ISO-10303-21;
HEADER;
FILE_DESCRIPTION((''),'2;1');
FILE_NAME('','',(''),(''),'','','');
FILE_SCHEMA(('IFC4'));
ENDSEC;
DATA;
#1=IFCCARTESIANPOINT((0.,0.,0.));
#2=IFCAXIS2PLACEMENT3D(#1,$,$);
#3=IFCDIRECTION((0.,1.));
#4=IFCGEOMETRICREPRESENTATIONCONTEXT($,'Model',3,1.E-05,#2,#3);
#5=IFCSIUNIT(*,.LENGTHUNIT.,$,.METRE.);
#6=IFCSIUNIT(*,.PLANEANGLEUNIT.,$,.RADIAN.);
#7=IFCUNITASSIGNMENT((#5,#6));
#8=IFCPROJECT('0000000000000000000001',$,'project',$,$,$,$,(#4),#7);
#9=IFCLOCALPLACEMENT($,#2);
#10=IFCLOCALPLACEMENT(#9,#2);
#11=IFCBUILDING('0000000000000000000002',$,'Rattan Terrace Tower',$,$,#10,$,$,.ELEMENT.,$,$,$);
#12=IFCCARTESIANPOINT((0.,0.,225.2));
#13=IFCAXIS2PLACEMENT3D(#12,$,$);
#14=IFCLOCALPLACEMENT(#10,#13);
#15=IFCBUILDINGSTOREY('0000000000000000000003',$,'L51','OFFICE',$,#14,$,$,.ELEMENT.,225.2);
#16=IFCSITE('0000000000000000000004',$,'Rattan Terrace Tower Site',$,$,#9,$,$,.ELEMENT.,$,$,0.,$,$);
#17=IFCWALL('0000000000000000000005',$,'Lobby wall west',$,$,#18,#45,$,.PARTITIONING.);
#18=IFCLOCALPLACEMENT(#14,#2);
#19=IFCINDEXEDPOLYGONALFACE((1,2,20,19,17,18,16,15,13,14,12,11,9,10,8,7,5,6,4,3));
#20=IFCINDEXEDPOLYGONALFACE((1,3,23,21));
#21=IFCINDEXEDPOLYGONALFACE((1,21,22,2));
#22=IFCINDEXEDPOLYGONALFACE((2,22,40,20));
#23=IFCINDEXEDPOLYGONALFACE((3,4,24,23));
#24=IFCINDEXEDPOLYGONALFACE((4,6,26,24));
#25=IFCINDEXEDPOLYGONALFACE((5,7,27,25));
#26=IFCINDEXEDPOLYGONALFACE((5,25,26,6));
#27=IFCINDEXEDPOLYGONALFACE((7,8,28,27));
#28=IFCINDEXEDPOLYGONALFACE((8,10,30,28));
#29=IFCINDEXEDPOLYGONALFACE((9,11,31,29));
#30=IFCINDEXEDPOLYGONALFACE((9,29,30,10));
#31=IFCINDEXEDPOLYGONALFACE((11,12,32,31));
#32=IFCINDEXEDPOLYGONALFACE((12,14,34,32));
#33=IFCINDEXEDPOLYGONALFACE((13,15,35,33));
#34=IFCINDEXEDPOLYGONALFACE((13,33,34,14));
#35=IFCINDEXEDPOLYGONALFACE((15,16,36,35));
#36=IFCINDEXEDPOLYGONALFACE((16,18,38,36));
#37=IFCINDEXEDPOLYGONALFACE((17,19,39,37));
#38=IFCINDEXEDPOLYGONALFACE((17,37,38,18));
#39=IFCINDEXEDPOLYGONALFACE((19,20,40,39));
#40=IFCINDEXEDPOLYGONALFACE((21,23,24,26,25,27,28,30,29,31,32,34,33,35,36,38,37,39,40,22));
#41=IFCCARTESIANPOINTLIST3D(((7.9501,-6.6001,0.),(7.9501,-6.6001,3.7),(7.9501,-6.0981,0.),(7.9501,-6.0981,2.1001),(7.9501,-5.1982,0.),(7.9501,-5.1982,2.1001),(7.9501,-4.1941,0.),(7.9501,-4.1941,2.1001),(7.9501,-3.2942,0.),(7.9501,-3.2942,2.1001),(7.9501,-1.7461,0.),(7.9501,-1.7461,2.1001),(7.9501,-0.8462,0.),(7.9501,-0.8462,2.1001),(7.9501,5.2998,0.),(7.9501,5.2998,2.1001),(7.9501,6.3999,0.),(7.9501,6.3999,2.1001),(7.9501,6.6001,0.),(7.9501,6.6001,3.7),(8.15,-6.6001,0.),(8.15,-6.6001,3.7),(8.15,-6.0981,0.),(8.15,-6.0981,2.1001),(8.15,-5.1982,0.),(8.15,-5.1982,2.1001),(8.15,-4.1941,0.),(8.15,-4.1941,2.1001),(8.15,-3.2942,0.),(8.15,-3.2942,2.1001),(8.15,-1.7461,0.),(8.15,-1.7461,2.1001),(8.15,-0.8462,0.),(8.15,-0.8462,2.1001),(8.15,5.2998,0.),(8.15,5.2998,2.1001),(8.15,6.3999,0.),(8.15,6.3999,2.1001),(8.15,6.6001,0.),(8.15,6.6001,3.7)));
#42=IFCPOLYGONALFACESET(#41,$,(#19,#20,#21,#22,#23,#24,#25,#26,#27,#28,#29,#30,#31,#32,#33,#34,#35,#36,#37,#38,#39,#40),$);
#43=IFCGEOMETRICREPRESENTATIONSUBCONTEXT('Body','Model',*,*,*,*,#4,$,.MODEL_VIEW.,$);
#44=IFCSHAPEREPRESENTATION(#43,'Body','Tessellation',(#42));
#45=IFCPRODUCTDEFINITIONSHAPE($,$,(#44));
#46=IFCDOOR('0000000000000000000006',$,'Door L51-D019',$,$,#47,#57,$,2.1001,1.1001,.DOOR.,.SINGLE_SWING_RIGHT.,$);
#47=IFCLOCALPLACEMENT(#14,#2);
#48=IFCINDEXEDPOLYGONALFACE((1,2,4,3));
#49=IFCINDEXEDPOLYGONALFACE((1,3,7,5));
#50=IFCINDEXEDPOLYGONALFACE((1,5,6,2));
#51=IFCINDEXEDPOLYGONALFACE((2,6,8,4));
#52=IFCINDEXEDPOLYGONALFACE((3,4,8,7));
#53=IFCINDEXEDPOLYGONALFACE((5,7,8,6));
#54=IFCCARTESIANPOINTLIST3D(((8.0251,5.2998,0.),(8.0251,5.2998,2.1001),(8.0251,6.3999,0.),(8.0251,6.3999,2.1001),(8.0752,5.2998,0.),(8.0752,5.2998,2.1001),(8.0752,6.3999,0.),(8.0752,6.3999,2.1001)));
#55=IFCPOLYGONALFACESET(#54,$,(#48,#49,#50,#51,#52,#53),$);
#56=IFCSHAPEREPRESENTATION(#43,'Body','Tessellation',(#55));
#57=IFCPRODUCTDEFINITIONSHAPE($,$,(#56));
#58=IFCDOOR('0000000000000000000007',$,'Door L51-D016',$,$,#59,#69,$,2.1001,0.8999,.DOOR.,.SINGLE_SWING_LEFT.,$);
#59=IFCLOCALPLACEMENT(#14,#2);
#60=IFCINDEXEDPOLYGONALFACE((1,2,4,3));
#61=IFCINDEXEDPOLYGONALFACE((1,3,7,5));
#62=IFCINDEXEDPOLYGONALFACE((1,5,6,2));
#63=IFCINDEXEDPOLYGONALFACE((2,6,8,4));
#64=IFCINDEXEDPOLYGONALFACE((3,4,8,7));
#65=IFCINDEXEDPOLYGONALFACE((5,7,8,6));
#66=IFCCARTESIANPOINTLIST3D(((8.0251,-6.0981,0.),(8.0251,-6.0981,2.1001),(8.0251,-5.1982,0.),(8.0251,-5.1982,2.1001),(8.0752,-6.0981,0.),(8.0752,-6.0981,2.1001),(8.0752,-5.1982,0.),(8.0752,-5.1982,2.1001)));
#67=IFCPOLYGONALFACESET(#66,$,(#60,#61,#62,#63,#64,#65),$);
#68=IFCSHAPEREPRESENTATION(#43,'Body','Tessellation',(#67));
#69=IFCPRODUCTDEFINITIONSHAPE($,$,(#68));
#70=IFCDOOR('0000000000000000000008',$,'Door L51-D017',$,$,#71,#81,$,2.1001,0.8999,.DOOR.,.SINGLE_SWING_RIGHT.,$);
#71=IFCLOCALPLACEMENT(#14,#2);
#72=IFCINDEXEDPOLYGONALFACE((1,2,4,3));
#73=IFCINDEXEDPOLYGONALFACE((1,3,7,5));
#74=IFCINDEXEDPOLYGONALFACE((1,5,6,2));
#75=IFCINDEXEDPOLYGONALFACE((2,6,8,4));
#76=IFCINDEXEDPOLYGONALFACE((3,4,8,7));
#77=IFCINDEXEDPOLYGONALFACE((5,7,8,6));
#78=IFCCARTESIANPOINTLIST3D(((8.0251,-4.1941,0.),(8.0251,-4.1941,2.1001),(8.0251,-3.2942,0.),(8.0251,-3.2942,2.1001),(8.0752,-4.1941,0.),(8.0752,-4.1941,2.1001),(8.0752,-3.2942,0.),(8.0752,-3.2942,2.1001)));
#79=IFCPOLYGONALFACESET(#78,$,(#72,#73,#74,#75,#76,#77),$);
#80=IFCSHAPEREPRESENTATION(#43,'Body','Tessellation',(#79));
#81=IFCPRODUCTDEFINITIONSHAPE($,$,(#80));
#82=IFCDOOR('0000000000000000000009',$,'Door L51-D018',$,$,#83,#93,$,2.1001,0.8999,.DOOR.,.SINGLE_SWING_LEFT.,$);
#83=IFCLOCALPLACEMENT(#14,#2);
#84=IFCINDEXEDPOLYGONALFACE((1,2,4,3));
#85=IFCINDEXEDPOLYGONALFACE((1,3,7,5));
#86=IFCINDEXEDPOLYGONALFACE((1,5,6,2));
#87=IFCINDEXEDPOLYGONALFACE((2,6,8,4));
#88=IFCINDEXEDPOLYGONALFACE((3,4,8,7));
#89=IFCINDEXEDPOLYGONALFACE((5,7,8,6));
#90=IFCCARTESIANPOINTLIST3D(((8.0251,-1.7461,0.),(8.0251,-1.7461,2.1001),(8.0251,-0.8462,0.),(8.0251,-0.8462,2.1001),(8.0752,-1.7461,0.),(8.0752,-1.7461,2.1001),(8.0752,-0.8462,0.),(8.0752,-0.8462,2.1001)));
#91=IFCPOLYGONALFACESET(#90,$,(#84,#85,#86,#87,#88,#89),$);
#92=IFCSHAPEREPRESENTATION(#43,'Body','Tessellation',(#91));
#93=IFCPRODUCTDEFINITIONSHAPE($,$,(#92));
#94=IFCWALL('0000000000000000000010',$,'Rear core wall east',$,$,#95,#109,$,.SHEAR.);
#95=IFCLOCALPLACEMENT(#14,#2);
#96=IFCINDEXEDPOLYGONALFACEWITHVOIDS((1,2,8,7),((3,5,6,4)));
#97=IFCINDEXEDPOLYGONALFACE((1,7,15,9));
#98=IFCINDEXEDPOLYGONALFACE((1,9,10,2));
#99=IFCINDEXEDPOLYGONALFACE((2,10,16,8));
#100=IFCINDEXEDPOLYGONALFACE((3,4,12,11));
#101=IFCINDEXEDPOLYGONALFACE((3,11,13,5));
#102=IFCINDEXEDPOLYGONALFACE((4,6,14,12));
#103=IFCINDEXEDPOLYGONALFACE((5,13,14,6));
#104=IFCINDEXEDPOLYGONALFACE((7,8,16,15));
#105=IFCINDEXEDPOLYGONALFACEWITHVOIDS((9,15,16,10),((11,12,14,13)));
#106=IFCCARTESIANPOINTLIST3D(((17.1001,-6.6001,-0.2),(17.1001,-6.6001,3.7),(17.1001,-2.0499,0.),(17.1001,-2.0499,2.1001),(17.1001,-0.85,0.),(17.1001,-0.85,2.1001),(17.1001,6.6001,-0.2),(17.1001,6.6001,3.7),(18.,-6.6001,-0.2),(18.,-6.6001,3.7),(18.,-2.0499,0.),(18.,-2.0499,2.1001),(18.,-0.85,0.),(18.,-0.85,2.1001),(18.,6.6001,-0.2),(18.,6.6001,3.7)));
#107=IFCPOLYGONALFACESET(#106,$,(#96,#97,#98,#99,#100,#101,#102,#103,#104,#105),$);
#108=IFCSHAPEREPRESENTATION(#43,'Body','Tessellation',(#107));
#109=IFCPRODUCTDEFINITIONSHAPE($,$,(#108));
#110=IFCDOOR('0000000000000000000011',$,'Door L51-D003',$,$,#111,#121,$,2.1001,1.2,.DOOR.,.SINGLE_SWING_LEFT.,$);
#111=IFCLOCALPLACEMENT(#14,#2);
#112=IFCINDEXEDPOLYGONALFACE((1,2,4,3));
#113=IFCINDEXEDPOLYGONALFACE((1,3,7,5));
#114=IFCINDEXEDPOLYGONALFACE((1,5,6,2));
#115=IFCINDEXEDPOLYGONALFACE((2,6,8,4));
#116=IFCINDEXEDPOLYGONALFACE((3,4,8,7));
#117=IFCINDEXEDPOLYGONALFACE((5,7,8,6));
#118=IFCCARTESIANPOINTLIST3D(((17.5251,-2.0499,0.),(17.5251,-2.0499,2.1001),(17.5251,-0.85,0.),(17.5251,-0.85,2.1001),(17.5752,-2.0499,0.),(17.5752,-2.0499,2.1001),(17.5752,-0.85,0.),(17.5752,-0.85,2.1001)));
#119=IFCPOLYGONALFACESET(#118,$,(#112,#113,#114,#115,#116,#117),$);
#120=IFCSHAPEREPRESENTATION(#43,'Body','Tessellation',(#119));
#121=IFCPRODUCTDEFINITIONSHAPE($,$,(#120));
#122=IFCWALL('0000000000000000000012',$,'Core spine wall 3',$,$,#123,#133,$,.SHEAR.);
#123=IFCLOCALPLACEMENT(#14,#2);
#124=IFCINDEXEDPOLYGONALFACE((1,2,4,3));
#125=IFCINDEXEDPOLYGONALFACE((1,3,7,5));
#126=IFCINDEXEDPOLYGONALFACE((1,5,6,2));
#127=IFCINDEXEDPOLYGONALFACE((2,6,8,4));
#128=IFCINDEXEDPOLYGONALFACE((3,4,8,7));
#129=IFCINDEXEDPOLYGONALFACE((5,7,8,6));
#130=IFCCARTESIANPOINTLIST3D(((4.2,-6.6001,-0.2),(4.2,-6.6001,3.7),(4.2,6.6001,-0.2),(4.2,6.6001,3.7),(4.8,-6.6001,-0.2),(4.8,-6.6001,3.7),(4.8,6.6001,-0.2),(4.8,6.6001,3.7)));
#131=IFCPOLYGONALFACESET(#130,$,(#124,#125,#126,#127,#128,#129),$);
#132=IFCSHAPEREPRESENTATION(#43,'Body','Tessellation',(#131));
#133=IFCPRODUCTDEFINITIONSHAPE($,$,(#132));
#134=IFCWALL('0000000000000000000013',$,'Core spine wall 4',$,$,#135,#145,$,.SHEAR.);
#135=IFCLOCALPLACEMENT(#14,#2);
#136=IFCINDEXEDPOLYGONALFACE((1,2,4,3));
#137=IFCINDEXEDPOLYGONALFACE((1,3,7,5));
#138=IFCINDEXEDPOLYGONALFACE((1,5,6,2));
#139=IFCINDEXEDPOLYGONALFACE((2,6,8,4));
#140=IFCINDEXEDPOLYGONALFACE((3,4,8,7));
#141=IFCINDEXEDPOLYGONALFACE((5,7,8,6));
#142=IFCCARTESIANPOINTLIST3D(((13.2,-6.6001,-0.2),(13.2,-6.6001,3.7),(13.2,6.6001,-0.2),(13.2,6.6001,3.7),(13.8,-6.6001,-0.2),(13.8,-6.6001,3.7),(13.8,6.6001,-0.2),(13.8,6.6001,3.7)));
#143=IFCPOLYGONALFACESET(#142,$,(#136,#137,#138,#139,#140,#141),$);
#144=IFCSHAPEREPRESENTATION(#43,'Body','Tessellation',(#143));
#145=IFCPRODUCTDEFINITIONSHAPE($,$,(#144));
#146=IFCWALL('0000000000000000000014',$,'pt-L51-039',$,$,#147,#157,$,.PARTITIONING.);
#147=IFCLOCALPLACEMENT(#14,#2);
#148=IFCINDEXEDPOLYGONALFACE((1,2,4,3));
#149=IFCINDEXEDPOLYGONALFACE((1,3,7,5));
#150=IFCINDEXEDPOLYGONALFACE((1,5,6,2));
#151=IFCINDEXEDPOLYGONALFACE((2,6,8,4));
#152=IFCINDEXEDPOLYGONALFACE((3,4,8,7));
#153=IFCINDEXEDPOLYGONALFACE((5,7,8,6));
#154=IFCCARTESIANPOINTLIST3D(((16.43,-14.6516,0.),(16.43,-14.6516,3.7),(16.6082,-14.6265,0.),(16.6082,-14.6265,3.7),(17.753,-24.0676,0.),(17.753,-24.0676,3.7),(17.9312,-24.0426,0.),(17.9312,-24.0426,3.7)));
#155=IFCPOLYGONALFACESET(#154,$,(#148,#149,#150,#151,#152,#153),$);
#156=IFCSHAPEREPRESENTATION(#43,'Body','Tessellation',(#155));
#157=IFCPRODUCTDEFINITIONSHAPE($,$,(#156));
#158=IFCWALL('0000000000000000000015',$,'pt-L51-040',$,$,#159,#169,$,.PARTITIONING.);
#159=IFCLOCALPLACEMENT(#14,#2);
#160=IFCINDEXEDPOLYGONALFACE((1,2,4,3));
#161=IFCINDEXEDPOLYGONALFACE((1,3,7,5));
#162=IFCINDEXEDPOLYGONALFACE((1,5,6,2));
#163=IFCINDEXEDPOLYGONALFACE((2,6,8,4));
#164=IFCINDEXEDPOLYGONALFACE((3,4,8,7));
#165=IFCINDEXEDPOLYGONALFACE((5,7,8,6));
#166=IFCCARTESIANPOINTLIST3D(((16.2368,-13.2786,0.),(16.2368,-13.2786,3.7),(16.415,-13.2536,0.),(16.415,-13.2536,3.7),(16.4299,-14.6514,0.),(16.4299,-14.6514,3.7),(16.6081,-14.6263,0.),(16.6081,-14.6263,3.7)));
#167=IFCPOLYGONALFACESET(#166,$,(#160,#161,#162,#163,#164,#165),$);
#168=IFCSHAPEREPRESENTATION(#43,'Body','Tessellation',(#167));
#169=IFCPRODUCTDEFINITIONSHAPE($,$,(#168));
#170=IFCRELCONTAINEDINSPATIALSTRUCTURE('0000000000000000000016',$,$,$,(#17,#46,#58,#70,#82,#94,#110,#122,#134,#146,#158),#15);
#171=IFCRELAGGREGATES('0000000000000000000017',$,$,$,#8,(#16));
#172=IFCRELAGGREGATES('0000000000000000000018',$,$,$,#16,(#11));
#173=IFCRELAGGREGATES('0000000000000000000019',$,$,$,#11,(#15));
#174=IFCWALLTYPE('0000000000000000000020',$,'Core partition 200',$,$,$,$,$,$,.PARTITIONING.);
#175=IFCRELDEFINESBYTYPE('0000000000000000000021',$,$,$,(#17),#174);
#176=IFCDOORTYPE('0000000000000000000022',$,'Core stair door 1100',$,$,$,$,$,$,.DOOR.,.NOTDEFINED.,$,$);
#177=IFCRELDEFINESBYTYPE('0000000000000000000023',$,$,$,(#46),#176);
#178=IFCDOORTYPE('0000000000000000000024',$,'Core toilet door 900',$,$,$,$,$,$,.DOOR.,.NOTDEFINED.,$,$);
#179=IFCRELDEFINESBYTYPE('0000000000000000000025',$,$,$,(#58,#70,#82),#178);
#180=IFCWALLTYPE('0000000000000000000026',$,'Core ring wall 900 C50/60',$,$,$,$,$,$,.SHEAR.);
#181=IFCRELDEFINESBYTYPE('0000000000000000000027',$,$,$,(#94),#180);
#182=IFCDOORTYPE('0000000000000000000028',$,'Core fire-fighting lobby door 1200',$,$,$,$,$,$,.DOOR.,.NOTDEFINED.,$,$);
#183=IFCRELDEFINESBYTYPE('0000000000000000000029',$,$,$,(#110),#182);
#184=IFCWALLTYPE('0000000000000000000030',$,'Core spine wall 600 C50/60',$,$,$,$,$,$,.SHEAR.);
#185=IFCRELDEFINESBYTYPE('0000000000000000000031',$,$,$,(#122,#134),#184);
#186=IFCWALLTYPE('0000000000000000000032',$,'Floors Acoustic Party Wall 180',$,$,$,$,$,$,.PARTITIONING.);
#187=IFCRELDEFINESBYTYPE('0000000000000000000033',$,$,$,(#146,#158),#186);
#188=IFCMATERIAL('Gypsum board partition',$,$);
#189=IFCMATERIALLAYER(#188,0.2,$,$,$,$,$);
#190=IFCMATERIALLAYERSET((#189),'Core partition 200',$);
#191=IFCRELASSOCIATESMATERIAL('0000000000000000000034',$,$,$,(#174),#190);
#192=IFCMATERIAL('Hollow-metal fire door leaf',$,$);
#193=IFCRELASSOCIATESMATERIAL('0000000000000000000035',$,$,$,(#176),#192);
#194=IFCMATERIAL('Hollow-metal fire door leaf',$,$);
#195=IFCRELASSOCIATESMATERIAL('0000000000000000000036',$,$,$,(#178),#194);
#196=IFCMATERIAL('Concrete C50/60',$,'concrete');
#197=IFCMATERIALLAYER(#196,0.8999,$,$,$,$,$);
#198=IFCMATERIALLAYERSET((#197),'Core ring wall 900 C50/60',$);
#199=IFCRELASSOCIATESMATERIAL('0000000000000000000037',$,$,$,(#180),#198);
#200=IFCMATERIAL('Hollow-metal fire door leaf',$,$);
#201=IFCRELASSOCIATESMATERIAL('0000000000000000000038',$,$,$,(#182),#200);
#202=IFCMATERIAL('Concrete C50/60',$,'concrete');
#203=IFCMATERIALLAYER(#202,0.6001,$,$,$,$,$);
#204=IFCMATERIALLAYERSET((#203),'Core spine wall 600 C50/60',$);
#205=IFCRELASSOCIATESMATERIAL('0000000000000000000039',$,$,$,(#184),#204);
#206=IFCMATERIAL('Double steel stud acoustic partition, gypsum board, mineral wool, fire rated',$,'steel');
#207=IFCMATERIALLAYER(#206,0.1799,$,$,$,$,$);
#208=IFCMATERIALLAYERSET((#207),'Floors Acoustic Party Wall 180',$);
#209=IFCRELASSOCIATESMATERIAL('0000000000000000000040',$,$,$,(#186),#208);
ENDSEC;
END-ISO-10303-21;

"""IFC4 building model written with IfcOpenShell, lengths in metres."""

from ifc_helpers import new_model, si_unit, direction, frame, frame_2d, origin, place, context, subcontext, project, spatial, rectangle, extrude, material, layer, layer_set, type_object, element, fill, save


model = new_model("IFC4")

# Units and contexts
model_context = context("Model", 3, precision=1e-05, world=origin(), true_north=direction((0.0, 1.0)))
body_context = subcontext(model_context, "Body", "Model", "MODEL_VIEW")
ifc_project = project(units=[si_unit("LENGTHUNIT", "METRE"), si_unit("PLANEANGLEUNIT", "RADIAN")], contexts=[model_context])

# Site, building, storey
site_placement = place(None, origin())
site = spatial("IfcSite", under=ifc_project, at=site_placement, Name="Rattan Terrace Tower Site", CompositionType="ELEMENT", RefElevation=0.0)
building_placement = place(site_placement, origin())
building = spatial("IfcBuilding", under=site, at=building_placement, Name="Rattan Terrace Tower", CompositionType="ELEMENT")
storey_placement = place(building_placement, frame((0.0, 0.0, 225.2)))
storey = spatial("IfcBuildingStorey", under=building, at=storey_placement, Name="L51", Description="OFFICE", CompositionType="ELEMENT", Elevation=225.2)

# Shared definitions
ifc_material_1 = material(Name="Gypsum board partition")
ifc_layer_1 = layer(ifc_material_1, 0.2)
ifc_layer_set_1 = layer_set([ifc_layer_1], Name="Core partition 200")
wall_type_1 = type_object("IfcWallType", Name="Core partition 200", PredefinedType="PARTITIONING", material=ifc_layer_set_1)

# Wall, openings, doors
wall_1_placement = place(storey_placement, frame((8.05, -6.6001, 0.0), z_axis=(0.0, 0.0, 1.0), x_axis=(0.0, 1.0, 0.0)))
wall_1 = element("IfcWall", 1, at=wall_1_placement, inside=storey, type_object=wall_type_1, Name="Lobby wall west", PredefinedType="PARTITIONING", context=body_context, shape_type="SweptSolid", body=[
    extrude(rectangle(XDim=13.2002, YDim=0.2, at=frame_2d((6.6001, 0.0))), origin(), (0.0, 0.0, 1.0), 3.7),
])
opening_1_placement = place(wall_1_placement, frame((0.502, 0.0, 0.0)))
opening_1 = element("IfcOpeningElement", 2, at=opening_1_placement, cuts=wall_1, PredefinedType="OPENING", context=body_context, shape_type="SweptSolid", body=[
    extrude(rectangle(XDim=0.8999, YDim=2.1001, at=frame_2d((0.45, 1.05))), frame((0.0, 0.1106, 0.0), z_axis=(0.0, -1.0, 0.0), x_axis=(1.0, 0.0, 0.0)), (0.0, 0.0, 1.0), 0.2209),
])
opening_2_placement = place(wall_1_placement, frame((2.406, 0.0, 0.0)))
opening_2 = element("IfcOpeningElement", 3, at=opening_2_placement, cuts=wall_1, PredefinedType="OPENING", context=body_context, shape_type="SweptSolid", body=[
    extrude(rectangle(XDim=0.8999, YDim=2.1001, at=frame_2d((0.45, 1.05))), frame((0.0, 0.1106, 0.0), z_axis=(0.0, -1.0, 0.0), x_axis=(1.0, 0.0, 0.0)), (0.0, 0.0, 1.0), 0.2209),
])
opening_3_placement = place(wall_1_placement, frame((4.854, 0.0, 0.0)))
opening_3 = element("IfcOpeningElement", 4, at=opening_3_placement, cuts=wall_1, PredefinedType="OPENING", context=body_context, shape_type="SweptSolid", body=[
    extrude(rectangle(XDim=0.8999, YDim=2.1001, at=frame_2d((0.45, 1.05))), frame((0.0, 0.1106, 0.0), z_axis=(0.0, -1.0, 0.0), x_axis=(1.0, 0.0, 0.0)), (0.0, 0.0, 1.0), 0.2209),
])
opening_4_placement = place(wall_1_placement, frame((11.8999, 0.0, 0.0)))
opening_4 = element("IfcOpeningElement", 5, at=opening_4_placement, cuts=wall_1, PredefinedType="OPENING", context=body_context, shape_type="SweptSolid", body=[
    extrude(rectangle(XDim=1.1001, YDim=2.1001, at=frame_2d((0.55, 1.05))), frame((0.0, 0.1106, 0.0), z_axis=(0.0, -1.0, 0.0), x_axis=(1.0, 0.0, 0.0)), (0.0, 0.0, 1.0), 0.2209),
])
ifc_material_2 = material(Name="Hollow-metal fire door leaf")
door_type_1 = type_object("IfcDoorType", Name="Core stair door 1100", OperationType="NOTDEFINED", PredefinedType="DOOR", material=ifc_material_2)
door_1_placement = place(opening_4_placement, origin())
door_1 = element("IfcDoor", 6, at=door_1_placement, inside=storey, type_object=door_type_1, Name="Door L51-D019", OperationType="SINGLE_SWING_RIGHT", OverallHeight=2.1001, OverallWidth=1.1001, PredefinedType="DOOR", context=body_context, shape_type="SweptSolid", body=[
    extrude(rectangle(XDim=1.1001, YDim=2.1001, at=frame_2d((0.55, 1.05))), frame((0.0, 0.0249, 0.0), z_axis=(0.0, -1.0, 0.0), x_axis=(1.0, 0.0, 0.0)), (0.0, 0.0, 1.0), 0.05),
])
fill(opening_4, door_1)
ifc_material_3 = material(Name="Hollow-metal fire door leaf")
door_type_2 = type_object("IfcDoorType", Name="Core toilet door 900", OperationType="NOTDEFINED", PredefinedType="DOOR", material=ifc_material_3)
door_2_placement = place(opening_1_placement, origin())
door_2 = element("IfcDoor", 7, at=door_2_placement, inside=storey, type_object=door_type_2, Name="Door L51-D016", OperationType="SINGLE_SWING_LEFT", OverallHeight=2.1001, OverallWidth=0.8999, PredefinedType="DOOR", context=body_context, shape_type="SweptSolid", body=[
    extrude(rectangle(XDim=0.8999, YDim=2.1001, at=frame_2d((0.45, 1.05))), frame((0.0, 0.0249, 0.0), z_axis=(0.0, -1.0, 0.0), x_axis=(1.0, 0.0, 0.0)), (0.0, 0.0, 1.0), 0.05),
])
fill(opening_1, door_2)
door_3_placement = place(opening_2_placement, origin())
door_3 = element("IfcDoor", 8, at=door_3_placement, inside=storey, type_object=door_type_2, Name="Door L51-D017", OperationType="SINGLE_SWING_RIGHT", OverallHeight=2.1001, OverallWidth=0.8999, PredefinedType="DOOR", context=body_context, shape_type="SweptSolid", body=[
    extrude(rectangle(XDim=0.8999, YDim=2.1001, at=frame_2d((0.45, 1.05))), frame((0.0, 0.0249, 0.0), z_axis=(0.0, -1.0, 0.0), x_axis=(1.0, 0.0, 0.0)), (0.0, 0.0, 1.0), 0.05),
])
fill(opening_2, door_3)
door_4_placement = place(opening_3_placement, origin())
door_4 = element("IfcDoor", 9, at=door_4_placement, inside=storey, type_object=door_type_2, Name="Door L51-D018", OperationType="SINGLE_SWING_LEFT", OverallHeight=2.1001, OverallWidth=0.8999, PredefinedType="DOOR", context=body_context, shape_type="SweptSolid", body=[
    extrude(rectangle(XDim=0.8999, YDim=2.1001, at=frame_2d((0.45, 1.05))), frame((0.0, 0.0249, 0.0), z_axis=(0.0, -1.0, 0.0), x_axis=(1.0, 0.0, 0.0)), (0.0, 0.0, 1.0), 0.05),
])
fill(opening_3, door_4)

# Wall, opening, door
ifc_material_4 = material(Name="Concrete C50/60", Category="concrete")
ifc_layer_2 = layer(ifc_material_4, 0.8999)
ifc_layer_set_2 = layer_set([ifc_layer_2], Name="Core ring wall 900 C50/60")
wall_type_2 = type_object("IfcWallType", Name="Core ring wall 900 C50/60", PredefinedType="SHEAR", material=ifc_layer_set_2)
wall_2_placement = place(storey_placement, frame((17.55, -6.6001, -0.2), z_axis=(0.0, 0.0, 1.0), x_axis=(0.0, 1.0, 0.0)))
wall_2 = element("IfcWall", 10, at=wall_2_placement, inside=storey, type_object=wall_type_2, Name="Rear core wall east", PredefinedType="SHEAR", context=body_context, shape_type="SweptSolid", body=[
    extrude(rectangle(XDim=13.2002, YDim=0.8999, at=frame_2d((6.6001, 0.0))), origin(), (0.0, 0.0, 1.0), 3.8999),
])
opening_5_placement = place(wall_2_placement, frame((4.55, 0.0, 0.2)))
opening_5 = element("IfcOpeningElement", 11, at=opening_5_placement, cuts=wall_2, PredefinedType="OPENING", context=body_context, shape_type="SweptSolid", body=[
    extrude(rectangle(XDim=1.2, YDim=2.1001, at=frame_2d((0.6001, 1.05))), frame((0.0, 0.4604, 0.0), z_axis=(0.0, -1.0, 0.0), x_axis=(1.0, 0.0, 0.0)), (0.0, 0.0, 1.0), 0.9209),
])
ifc_material_5 = material(Name="Hollow-metal fire door leaf")
door_type_3 = type_object("IfcDoorType", Name="Core fire-fighting lobby door 1200", OperationType="NOTDEFINED", PredefinedType="DOOR", material=ifc_material_5)
door_5_placement = place(opening_5_placement, origin())
door_5 = element("IfcDoor", 12, at=door_5_placement, inside=storey, type_object=door_type_3, Name="Door L51-D003", OperationType="SINGLE_SWING_LEFT", OverallHeight=2.1001, OverallWidth=1.2, PredefinedType="DOOR", context=body_context, shape_type="SweptSolid", body=[
    extrude(rectangle(XDim=1.2, YDim=2.1001, at=frame_2d((0.6001, 1.05))), frame((0.0, 0.0249, 0.0), z_axis=(0.0, -1.0, 0.0), x_axis=(1.0, 0.0, 0.0)), (0.0, 0.0, 1.0), 0.05),
])
fill(opening_5, door_5)

# Walls
ifc_material_6 = material(Name="Concrete C50/60", Category="concrete")
ifc_layer_3 = layer(ifc_material_6, 0.6001)
ifc_layer_set_3 = layer_set([ifc_layer_3], Name="Core spine wall 600 C50/60")
wall_type_3 = type_object("IfcWallType", Name="Core spine wall 600 C50/60", PredefinedType="SHEAR", material=ifc_layer_set_3)
for number, where, z_axis, x_axis, name in (
    (13, (4.5, -6.6001, -0.2), (0.0, 0.0, 1.0), (0.0, 1.0, 0.0), "Core spine wall 3"),
    (14, (13.5, -6.6001, -0.2), (0.0, 0.0, 1.0), (0.0, 1.0, 0.0), "Core spine wall 4"),
):
    element("IfcWall", number, at=place(storey_placement, frame(where, z_axis=z_axis, x_axis=x_axis)), inside=storey, type_object=wall_type_3, Name=name, PredefinedType="SHEAR", context=body_context, shape_type="SweptSolid", body=[
        extrude(rectangle(XDim=13.2002, YDim=0.6001, at=frame_2d((6.6001, 0.0))), origin(), (0.0, 0.0, 1.0), 3.8999),
    ])
ifc_material_7 = material(Name="Double steel stud acoustic partition, gypsum board, mineral wool, fire rated", Category="steel")
ifc_layer_4 = layer(ifc_material_7, 0.1799)
ifc_layer_set_4 = layer_set([ifc_layer_4], Name="Floors Acoustic Party Wall 180")
wall_type_4 = type_object("IfcWallType", Name="Floors Acoustic Party Wall 180", PredefinedType="PARTITIONING", material=ifc_layer_set_4)
wall_3_placement = place(storey_placement, frame((16.519, -14.6389, 0.0), z_axis=(0.0, 0.0, 1.0), x_axis=(0.139138, -0.990273, 0.0)))
element("IfcWall", 15, at=wall_3_placement, inside=storey, type_object=wall_type_4, Name="pt-L51-039", PredefinedType="PARTITIONING", context=body_context, shape_type="SweptSolid", body=[
    extrude(rectangle(XDim=9.5085, YDim=0.1799, at=frame_2d((4.7544, 0.0))), origin(), (0.0, 0.0, 1.0), 3.7),
])
wall_4_placement = place(storey_placement, frame((16.3259, -13.2661, 0.0), z_axis=(0.0, 0.0, 1.0), x_axis=(0.139301, -0.99025, 0.0)))
element("IfcWall", 16, at=wall_4_placement, inside=storey, type_object=wall_type_4, Name="pt-L51-040", PredefinedType="PARTITIONING", context=body_context, shape_type="SweptSolid", body=[
    extrude(rectangle(XDim=1.3862, YDim=0.1799, at=frame_2d((0.6931, 0.0))), origin(), (0.0, 0.0, 1.0), 3.7),
])

save(model, "model.ifc")
